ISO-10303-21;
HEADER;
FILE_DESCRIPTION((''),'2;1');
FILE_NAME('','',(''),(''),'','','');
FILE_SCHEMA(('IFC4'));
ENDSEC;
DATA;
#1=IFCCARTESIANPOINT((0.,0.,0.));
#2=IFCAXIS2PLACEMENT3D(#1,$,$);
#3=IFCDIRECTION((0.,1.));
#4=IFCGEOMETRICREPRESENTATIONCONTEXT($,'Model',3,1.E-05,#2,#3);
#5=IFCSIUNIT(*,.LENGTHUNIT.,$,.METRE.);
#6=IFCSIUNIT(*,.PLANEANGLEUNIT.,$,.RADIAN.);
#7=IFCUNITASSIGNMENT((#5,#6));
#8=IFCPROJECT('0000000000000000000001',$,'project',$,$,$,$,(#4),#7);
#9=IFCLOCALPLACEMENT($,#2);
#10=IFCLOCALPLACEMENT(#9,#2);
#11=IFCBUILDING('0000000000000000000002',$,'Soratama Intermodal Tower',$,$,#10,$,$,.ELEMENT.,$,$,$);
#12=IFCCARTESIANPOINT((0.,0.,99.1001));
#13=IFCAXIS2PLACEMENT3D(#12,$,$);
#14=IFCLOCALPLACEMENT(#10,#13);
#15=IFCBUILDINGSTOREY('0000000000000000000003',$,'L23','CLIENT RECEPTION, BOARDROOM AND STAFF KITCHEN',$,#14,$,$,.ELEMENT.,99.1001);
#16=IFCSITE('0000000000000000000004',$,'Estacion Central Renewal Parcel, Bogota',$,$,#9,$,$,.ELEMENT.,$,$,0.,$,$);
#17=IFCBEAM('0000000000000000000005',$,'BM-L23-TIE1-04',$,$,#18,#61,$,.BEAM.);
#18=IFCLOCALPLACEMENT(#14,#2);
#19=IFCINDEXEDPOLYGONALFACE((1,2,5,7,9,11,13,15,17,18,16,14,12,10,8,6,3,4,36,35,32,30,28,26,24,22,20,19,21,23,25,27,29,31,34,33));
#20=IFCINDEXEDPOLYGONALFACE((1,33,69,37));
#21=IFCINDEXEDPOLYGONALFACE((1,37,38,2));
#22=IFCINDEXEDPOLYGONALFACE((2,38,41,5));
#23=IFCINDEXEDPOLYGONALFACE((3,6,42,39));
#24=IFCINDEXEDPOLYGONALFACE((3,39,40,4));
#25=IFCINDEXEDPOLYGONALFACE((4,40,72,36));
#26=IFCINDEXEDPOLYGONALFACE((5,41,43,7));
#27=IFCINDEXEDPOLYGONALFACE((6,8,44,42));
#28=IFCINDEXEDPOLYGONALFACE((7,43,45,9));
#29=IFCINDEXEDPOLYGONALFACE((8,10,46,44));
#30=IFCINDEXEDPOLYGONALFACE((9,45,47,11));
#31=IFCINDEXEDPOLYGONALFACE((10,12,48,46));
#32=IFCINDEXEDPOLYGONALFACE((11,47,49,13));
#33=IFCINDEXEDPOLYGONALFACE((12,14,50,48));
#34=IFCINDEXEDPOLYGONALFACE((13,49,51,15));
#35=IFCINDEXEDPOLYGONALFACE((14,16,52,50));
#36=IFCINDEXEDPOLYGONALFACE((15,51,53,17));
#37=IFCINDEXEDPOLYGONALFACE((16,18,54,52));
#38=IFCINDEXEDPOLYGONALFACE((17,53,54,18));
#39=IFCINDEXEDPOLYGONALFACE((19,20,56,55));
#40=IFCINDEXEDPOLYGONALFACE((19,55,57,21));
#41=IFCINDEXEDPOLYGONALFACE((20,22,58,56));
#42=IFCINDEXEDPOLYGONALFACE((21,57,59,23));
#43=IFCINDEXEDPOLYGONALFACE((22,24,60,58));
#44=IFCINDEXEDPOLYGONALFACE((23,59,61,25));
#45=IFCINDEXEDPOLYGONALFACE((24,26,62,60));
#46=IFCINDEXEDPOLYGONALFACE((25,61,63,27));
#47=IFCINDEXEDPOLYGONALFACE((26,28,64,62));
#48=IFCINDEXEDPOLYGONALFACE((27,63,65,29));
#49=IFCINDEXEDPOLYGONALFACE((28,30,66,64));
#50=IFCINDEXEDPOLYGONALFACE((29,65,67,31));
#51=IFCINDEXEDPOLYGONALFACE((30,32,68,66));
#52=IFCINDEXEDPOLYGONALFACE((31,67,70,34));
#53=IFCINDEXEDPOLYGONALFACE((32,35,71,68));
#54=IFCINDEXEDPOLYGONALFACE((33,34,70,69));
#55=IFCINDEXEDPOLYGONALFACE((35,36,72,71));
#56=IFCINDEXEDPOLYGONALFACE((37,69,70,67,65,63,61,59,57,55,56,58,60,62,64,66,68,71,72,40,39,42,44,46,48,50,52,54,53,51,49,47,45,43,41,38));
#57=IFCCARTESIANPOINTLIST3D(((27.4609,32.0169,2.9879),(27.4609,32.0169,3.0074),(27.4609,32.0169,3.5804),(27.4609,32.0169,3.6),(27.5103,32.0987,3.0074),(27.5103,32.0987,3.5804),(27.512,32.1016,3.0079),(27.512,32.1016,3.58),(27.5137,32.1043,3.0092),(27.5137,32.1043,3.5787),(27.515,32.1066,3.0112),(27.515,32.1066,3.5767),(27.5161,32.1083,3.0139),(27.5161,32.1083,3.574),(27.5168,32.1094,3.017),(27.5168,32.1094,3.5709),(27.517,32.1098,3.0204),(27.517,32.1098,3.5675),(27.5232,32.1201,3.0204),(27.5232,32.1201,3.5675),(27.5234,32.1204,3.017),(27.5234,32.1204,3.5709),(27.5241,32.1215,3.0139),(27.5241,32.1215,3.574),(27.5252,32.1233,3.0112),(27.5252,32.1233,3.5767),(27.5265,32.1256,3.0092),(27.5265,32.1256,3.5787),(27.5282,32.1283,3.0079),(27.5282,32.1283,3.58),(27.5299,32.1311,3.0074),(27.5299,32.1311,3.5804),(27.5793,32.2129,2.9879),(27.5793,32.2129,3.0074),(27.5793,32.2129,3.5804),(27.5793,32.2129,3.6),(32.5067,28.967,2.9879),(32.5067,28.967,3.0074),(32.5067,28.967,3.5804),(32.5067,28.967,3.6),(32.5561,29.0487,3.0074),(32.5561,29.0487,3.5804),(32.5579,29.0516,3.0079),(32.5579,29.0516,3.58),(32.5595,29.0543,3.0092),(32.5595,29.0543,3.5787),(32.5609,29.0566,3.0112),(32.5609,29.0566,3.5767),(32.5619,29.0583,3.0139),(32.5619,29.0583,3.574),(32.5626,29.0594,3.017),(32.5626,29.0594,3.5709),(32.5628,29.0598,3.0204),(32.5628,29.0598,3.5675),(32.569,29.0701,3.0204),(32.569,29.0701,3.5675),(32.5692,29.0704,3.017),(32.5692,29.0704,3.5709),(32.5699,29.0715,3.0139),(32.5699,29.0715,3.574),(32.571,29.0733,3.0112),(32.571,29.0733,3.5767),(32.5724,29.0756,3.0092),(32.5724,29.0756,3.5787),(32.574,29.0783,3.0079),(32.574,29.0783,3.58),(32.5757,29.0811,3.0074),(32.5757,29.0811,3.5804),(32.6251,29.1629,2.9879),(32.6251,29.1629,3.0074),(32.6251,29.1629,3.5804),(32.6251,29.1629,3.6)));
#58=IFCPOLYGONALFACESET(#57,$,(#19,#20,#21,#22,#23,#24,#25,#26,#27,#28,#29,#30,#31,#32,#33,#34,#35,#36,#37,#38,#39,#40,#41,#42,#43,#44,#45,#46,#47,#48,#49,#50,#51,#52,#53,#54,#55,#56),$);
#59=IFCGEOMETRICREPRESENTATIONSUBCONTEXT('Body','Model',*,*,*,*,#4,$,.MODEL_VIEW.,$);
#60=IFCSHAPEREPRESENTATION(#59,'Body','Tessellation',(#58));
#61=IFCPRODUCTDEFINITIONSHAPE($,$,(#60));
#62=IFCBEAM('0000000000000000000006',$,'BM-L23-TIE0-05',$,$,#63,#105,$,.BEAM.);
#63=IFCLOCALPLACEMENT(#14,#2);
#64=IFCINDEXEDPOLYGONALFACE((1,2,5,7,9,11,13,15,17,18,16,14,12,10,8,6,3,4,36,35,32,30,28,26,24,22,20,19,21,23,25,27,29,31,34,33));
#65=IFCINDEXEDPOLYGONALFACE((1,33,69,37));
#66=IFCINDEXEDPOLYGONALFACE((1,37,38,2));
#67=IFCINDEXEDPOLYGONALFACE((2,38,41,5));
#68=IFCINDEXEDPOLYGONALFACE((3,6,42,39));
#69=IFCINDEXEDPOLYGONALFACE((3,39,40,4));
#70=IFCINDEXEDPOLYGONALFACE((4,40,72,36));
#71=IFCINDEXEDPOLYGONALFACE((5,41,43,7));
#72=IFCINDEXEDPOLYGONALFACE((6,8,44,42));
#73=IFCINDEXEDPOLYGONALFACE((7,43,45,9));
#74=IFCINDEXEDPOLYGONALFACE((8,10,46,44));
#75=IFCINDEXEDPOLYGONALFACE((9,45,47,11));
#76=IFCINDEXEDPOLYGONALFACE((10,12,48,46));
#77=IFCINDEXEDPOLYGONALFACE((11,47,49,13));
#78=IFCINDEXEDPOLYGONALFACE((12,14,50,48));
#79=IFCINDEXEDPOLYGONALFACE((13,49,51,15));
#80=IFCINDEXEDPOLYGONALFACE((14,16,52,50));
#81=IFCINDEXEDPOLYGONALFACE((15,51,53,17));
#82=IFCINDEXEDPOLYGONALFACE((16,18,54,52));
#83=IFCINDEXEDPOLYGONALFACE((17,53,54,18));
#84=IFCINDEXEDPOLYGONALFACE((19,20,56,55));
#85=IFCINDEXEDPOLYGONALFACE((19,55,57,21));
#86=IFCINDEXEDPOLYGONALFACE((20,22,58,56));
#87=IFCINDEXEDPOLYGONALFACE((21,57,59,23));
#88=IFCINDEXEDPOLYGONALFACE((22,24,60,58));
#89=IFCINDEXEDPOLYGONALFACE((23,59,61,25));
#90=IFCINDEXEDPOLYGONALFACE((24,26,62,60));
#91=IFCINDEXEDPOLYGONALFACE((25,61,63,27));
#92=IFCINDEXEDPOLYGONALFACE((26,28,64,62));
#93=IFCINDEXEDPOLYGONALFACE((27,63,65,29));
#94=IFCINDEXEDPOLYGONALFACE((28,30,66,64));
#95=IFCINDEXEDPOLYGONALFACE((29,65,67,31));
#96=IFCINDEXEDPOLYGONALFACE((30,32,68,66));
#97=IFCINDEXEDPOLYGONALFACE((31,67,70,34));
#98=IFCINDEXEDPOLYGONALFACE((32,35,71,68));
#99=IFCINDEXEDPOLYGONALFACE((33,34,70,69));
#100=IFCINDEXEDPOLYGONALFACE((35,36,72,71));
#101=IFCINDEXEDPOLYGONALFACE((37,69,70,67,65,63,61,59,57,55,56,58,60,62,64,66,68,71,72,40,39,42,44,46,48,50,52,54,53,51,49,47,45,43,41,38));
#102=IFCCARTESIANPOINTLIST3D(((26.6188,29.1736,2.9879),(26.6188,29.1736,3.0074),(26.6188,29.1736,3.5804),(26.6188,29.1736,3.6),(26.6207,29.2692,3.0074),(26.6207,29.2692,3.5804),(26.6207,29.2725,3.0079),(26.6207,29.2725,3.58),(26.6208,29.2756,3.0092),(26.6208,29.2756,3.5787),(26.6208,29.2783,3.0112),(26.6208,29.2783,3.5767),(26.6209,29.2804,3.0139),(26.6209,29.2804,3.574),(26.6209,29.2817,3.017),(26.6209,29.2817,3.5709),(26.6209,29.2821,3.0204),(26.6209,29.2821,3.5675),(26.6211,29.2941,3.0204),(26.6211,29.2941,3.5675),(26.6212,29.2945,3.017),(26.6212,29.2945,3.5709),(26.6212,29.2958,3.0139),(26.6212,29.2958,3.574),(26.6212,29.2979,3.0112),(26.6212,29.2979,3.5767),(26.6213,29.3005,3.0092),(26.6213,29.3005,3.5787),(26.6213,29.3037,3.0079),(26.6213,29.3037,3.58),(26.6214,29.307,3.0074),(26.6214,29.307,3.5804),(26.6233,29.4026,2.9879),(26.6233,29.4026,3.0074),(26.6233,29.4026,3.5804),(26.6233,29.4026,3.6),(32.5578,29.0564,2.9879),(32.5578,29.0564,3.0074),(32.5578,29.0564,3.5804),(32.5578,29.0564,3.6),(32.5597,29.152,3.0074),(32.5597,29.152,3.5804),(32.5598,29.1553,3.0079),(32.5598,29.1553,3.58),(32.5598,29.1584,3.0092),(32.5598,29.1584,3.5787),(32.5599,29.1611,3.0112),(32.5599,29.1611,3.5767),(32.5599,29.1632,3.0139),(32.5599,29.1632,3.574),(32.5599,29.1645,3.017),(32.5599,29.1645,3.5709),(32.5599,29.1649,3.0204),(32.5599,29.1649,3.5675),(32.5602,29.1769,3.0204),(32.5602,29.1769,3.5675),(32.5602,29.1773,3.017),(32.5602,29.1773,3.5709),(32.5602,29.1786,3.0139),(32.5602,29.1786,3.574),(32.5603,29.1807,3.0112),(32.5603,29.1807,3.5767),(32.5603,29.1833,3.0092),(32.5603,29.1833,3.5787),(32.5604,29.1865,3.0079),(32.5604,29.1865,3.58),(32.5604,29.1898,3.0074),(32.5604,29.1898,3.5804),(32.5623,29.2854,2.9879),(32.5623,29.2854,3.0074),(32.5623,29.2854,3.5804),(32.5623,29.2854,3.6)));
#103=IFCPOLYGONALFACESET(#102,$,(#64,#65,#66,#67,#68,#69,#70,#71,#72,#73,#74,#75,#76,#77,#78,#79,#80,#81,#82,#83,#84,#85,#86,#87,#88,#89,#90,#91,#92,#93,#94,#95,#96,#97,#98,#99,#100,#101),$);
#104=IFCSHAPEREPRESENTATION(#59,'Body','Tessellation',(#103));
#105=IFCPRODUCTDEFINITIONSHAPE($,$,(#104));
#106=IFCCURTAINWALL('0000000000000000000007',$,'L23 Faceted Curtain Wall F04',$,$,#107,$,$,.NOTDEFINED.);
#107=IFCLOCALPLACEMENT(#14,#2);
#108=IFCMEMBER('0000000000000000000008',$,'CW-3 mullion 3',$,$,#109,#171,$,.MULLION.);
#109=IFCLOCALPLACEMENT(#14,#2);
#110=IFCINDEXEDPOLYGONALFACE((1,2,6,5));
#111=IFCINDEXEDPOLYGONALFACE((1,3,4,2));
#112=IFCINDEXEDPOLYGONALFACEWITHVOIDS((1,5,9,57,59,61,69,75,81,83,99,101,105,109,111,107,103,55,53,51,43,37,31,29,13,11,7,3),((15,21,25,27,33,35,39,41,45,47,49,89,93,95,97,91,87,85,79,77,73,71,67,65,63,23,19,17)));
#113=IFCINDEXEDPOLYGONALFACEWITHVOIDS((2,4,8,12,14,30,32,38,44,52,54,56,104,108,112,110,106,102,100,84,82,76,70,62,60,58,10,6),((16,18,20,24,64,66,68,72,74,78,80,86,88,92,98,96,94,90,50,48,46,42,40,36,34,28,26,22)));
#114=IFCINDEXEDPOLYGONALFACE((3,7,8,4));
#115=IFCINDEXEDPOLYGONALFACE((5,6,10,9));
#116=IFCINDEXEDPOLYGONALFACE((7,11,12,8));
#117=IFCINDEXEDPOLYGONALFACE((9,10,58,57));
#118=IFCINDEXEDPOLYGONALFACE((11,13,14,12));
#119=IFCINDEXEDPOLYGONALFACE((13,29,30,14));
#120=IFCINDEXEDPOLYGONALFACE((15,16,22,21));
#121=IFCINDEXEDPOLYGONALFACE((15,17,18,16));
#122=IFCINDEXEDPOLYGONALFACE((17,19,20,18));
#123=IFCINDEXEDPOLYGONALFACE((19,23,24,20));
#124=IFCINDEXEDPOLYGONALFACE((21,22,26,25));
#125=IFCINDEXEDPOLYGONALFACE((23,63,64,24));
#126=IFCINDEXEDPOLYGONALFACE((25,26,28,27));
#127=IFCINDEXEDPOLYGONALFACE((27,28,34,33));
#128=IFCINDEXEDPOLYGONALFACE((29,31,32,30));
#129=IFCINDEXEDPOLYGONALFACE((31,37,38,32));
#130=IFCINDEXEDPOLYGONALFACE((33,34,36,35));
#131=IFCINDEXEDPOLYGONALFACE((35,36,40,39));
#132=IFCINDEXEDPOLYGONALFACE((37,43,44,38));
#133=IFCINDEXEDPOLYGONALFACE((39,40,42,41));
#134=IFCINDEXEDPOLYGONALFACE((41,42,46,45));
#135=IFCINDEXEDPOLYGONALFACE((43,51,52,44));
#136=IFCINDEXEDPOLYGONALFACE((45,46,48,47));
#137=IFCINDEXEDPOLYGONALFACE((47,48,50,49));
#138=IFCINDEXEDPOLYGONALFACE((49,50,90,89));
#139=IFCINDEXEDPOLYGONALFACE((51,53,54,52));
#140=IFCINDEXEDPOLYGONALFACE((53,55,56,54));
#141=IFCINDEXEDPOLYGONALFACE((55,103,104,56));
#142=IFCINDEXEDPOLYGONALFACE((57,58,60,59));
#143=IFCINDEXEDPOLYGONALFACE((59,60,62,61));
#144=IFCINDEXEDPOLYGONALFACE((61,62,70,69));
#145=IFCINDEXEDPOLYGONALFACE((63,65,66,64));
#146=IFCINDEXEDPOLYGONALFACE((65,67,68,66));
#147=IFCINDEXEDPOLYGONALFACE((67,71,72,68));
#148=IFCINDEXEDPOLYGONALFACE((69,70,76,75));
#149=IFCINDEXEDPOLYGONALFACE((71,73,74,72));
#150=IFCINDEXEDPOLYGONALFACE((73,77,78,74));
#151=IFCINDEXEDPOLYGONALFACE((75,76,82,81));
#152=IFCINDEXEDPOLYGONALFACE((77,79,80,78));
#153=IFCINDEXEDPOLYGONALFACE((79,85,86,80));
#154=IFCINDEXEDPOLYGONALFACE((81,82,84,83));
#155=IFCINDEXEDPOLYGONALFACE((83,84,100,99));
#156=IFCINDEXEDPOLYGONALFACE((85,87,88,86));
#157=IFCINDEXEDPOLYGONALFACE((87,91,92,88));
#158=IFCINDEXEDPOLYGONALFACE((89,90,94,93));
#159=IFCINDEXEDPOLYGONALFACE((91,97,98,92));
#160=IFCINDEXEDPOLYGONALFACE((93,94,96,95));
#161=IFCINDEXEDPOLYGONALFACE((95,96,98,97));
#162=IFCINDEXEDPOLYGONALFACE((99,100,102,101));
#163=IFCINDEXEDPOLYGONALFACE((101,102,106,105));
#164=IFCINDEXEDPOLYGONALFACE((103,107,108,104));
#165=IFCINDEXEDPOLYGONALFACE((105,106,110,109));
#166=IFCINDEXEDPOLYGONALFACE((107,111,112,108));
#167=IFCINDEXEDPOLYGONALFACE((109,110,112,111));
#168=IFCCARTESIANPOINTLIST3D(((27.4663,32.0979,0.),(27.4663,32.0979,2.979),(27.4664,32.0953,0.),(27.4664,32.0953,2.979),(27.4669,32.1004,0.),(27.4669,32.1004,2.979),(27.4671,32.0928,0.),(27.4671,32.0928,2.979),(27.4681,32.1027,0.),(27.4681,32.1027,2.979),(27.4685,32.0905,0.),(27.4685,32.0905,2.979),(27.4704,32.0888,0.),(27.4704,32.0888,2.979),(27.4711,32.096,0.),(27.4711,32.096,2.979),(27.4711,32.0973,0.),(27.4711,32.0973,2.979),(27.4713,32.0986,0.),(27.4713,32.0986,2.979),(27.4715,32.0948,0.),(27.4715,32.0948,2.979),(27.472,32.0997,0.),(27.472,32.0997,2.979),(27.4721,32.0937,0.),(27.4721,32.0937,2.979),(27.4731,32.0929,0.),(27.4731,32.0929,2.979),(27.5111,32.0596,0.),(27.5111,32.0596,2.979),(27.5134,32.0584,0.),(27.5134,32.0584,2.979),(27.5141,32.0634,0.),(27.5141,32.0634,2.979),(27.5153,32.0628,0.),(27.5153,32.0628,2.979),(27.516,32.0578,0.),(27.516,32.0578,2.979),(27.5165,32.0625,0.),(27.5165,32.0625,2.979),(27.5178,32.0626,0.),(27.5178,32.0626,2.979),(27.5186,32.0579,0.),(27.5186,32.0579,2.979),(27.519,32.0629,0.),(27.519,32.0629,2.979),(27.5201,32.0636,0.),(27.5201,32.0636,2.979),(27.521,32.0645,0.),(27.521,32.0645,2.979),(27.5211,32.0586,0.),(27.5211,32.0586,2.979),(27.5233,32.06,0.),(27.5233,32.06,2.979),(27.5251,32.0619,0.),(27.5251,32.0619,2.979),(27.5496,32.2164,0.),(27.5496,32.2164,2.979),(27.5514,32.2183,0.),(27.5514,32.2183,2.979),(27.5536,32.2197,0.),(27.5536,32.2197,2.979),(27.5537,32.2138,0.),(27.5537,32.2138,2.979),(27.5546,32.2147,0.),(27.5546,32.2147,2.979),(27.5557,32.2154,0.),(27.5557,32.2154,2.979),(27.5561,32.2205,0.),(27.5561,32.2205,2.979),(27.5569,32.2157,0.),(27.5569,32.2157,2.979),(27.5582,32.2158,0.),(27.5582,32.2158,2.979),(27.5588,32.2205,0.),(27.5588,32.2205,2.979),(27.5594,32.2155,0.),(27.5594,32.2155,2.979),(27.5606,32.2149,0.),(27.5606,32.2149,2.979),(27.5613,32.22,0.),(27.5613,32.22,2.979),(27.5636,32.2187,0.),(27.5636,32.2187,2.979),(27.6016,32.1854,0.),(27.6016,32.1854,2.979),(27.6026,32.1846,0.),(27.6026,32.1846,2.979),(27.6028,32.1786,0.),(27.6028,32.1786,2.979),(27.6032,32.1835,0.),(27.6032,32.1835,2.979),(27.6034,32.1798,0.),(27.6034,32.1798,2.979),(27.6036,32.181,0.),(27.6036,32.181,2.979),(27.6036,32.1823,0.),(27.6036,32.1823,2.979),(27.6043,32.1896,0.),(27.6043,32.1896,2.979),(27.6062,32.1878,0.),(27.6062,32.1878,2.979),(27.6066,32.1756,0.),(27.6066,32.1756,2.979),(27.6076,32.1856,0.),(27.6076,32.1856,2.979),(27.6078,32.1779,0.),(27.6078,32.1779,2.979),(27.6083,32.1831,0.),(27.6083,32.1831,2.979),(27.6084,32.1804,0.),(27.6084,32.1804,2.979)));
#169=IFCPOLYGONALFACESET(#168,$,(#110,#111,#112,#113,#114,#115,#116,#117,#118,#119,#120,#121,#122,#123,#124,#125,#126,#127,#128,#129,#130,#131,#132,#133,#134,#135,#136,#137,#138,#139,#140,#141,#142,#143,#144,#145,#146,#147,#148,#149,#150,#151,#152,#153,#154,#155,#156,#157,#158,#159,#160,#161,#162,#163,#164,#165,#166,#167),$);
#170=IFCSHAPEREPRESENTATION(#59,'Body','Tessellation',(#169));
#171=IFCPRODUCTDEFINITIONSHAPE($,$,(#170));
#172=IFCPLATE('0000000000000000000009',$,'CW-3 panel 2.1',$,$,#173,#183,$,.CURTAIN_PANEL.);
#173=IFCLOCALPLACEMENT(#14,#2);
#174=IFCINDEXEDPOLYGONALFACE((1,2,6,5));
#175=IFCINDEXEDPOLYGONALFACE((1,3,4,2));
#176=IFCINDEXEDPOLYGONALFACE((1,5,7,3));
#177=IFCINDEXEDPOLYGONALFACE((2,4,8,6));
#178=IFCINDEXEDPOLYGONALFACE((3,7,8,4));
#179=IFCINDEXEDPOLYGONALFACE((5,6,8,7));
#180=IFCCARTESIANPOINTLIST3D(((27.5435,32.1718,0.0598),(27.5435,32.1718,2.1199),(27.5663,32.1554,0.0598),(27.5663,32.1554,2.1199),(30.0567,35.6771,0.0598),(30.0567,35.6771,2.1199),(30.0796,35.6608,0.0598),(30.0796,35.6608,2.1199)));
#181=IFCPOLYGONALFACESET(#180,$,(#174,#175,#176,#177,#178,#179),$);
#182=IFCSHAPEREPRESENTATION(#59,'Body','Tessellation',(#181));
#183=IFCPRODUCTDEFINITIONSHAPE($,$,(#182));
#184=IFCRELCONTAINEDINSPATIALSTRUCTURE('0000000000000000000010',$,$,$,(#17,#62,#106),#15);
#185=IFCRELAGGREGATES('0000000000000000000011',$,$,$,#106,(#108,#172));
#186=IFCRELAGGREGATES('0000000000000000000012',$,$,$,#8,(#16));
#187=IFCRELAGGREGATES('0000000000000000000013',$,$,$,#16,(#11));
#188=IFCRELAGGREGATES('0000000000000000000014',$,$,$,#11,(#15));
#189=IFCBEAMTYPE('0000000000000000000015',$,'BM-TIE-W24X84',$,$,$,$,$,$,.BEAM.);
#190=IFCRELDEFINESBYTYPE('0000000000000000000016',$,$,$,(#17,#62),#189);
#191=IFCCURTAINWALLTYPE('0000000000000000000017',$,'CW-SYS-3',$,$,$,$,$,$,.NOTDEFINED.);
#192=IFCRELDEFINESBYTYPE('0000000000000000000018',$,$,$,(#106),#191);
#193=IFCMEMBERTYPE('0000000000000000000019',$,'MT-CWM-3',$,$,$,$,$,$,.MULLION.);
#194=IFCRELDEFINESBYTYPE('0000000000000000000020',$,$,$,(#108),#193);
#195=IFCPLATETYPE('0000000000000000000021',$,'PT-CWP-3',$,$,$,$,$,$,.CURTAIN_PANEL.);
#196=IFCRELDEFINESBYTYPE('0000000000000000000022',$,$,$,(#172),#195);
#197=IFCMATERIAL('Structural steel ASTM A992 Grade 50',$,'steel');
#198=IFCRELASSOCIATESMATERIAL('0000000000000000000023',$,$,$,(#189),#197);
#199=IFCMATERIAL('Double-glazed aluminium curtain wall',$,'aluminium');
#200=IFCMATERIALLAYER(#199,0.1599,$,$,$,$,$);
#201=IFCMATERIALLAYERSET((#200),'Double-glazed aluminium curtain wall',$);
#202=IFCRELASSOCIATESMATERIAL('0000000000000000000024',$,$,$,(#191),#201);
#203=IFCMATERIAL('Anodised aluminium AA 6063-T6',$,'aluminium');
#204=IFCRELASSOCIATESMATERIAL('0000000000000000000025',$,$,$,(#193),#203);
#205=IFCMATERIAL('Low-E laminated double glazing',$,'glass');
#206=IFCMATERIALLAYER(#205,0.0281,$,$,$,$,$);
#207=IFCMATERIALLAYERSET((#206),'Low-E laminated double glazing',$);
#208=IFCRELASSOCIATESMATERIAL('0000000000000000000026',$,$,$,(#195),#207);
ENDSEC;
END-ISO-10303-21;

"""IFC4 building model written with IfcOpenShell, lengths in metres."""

from ifc_helpers import new_model, si_unit, direction, frame, origin, origin_2d, place, context, subcontext, project, spatial, rectangle, hollow_rectangle, i_section, extrude, material, layer, layer_set, material_profile, profile_set, type_object, element, aggregate, save


model = new_model("IFC4")

# Units and contexts
model_context = context("Model", 3, precision=1e-05, world=origin(), true_north=direction((0.0, 1.0)))
body_context = subcontext(model_context, "Body", "Model", "MODEL_VIEW")
ifc_project = project(units=[si_unit("LENGTHUNIT", "METRE"), si_unit("PLANEANGLEUNIT", "RADIAN")], contexts=[model_context])

# Site, building, storey
site_placement = place(None, origin())
site = spatial("IfcSite", under=ifc_project, at=site_placement, Name="Estacion Central Renewal Parcel, Bogota", CompositionType="ELEMENT", RefElevation=0.0)
building_placement = place(site_placement, origin())
building = spatial("IfcBuilding", under=site, at=building_placement, Name="Soratama Intermodal Tower", CompositionType="ELEMENT")
storey_placement = place(building_placement, frame((0.0, 0.0, 99.1001)))
storey = spatial("IfcBuildingStorey", under=building, at=storey_placement, Name="L23", Description="CLIENT RECEPTION, BOARDROOM AND STAFF KITCHEN", CompositionType="ELEMENT", Elevation=99.1001)

# Beams
ifc_material_1 = material(Name="Structural steel ASTM A992 Grade 50", Category="steel")
ifc_material_profile_1 = material_profile(ifc_material_1, i_section(OverallWidth=0.229, OverallDepth=0.6121, WebThickness=0.012, FlangeThickness=0.0195, FilletRadius=0.0129, at=origin_2d()), Name="W24X84")
ifc_profile_set_1 = profile_set([ifc_material_profile_1], Name="Structural steel ASTM A992 Grade 50")
beam_type_1 = type_object("IfcBeamType", Name="BM-TIE-W24X84", PredefinedType="BEAM", material=ifc_profile_set_1)
beam_1_placement = place(storey_placement, frame((32.5659, 29.0649, 3.2939), z_axis=(-0.855804, 0.5173, 0.0), x_axis=(-0.5173, -0.855804, 0.0)))
element("IfcBeam", 1, at=beam_1_placement, inside=storey, type_object=beam_type_1, Name="BM-L23-TIE1-04", PredefinedType="BEAM", context=body_context, shape_type="SweptSolid", body=[
    extrude(i_section(OverallWidth=0.229, OverallDepth=0.6121, WebThickness=0.012, FlangeThickness=0.0195, FilletRadius=0.0129, at=origin_2d()), origin(), (0.0, 0.0, 1.0), 5.896),
])
beam_2_placement = place(storey_placement, frame((32.5601, 29.1709, 3.2939), z_axis=(-0.999805, 0.019728, 0.0), x_axis=(-0.019728, -0.999805, 0.0)))
element("IfcBeam", 2, at=beam_2_placement, inside=storey, type_object=beam_type_1, Name="BM-L23-TIE0-05", PredefinedType="BEAM", context=body_context, shape_type="SweptSolid", body=[
    extrude(i_section(OverallWidth=0.229, OverallDepth=0.6121, WebThickness=0.012, FlangeThickness=0.0195, FilletRadius=0.0129, at=origin_2d()), origin(), (0.0, 0.0, 1.0), 5.9402),
])

# Curtain wall, member, plate
ifc_material_2 = material(Name="Double-glazed aluminium curtain wall", Category="aluminium")
ifc_layer_1 = layer(ifc_material_2, 0.1599)
ifc_layer_set_1 = layer_set([ifc_layer_1], Name="Double-glazed aluminium curtain wall")
curtain_wall_type = type_object("IfcCurtainWallType", Name="CW-SYS-3", PredefinedType="NOTDEFINED", material=ifc_layer_set_1)
curtain_wall_placement = place(storey_placement, origin())
curtain_wall = element("IfcCurtainWall", 3, at=curtain_wall_placement, inside=storey, type_object=curtain_wall_type, Name="L23 Faceted Curtain Wall F04", PredefinedType="NOTDEFINED")
ifc_material_3 = material(Name="Anodised aluminium AA 6063-T6", Category="aluminium")
ifc_material_profile_2 = material_profile(ifc_material_3, hollow_rectangle(XDim=0.0701, YDim=0.1599, WallThickness=0.0049, InnerFilletRadius=0.0049, OuterFilletRadius=0.01, at=origin_2d()), Name="CWM160X70X5")
ifc_profile_set_2 = profile_set([ifc_material_profile_2], Name="Anodised aluminium AA 6063-T6")
member_type = type_object("IfcMemberType", Name="MT-CWM-3", PredefinedType="MULLION", material=ifc_profile_set_2)
member_placement = place(storey_placement, frame((27.5374, 32.1392, 0.0), z_axis=(0.0, 0.0, 1.0), x_axis=(0.812696, -0.582687, 0.0)))
member = element("IfcMember", 4, at=member_placement, type_object=member_type, Name="CW-3 mullion 3", PredefinedType="MULLION", context=body_context, shape_type="SweptSolid", body=[
    extrude(hollow_rectangle(XDim=0.0701, YDim=0.1599, WallThickness=0.0049, InnerFilletRadius=0.0049, OuterFilletRadius=0.01, at=origin_2d()), origin(), (0.0, 0.0, 1.0), 2.979),
])
ifc_material_4 = material(Name="Low-E laminated double glazing", Category="glass")
ifc_layer_2 = layer(ifc_material_4, 0.0281)
ifc_layer_set_2 = layer_set([ifc_layer_2], Name="Low-E laminated double glazing")
plate_type = type_object("IfcPlateType", Name="PT-CWP-3", PredefinedType="CURTAIN_PANEL", material=ifc_layer_set_2)
plate_placement = place(storey_placement, frame((28.8115, 33.9163, 0.0598), z_axis=(0.0, 0.0, 1.0), x_axis=(-0.582687, -0.812696, 0.0)))
plate = element("IfcPlate", 5, at=plate_placement, type_object=plate_type, Name="CW-3 panel 2.1", PredefinedType="CURTAIN_PANEL", context=body_context, shape_type="SweptSolid", body=[
    extrude(rectangle(XDim=4.3132, YDim=0.0281, at=origin_2d()), origin(), (0.0, 0.0, 1.0), 2.0601),
])
aggregate(curtain_wall, [member, plate])

save(model, "model.ifc")
